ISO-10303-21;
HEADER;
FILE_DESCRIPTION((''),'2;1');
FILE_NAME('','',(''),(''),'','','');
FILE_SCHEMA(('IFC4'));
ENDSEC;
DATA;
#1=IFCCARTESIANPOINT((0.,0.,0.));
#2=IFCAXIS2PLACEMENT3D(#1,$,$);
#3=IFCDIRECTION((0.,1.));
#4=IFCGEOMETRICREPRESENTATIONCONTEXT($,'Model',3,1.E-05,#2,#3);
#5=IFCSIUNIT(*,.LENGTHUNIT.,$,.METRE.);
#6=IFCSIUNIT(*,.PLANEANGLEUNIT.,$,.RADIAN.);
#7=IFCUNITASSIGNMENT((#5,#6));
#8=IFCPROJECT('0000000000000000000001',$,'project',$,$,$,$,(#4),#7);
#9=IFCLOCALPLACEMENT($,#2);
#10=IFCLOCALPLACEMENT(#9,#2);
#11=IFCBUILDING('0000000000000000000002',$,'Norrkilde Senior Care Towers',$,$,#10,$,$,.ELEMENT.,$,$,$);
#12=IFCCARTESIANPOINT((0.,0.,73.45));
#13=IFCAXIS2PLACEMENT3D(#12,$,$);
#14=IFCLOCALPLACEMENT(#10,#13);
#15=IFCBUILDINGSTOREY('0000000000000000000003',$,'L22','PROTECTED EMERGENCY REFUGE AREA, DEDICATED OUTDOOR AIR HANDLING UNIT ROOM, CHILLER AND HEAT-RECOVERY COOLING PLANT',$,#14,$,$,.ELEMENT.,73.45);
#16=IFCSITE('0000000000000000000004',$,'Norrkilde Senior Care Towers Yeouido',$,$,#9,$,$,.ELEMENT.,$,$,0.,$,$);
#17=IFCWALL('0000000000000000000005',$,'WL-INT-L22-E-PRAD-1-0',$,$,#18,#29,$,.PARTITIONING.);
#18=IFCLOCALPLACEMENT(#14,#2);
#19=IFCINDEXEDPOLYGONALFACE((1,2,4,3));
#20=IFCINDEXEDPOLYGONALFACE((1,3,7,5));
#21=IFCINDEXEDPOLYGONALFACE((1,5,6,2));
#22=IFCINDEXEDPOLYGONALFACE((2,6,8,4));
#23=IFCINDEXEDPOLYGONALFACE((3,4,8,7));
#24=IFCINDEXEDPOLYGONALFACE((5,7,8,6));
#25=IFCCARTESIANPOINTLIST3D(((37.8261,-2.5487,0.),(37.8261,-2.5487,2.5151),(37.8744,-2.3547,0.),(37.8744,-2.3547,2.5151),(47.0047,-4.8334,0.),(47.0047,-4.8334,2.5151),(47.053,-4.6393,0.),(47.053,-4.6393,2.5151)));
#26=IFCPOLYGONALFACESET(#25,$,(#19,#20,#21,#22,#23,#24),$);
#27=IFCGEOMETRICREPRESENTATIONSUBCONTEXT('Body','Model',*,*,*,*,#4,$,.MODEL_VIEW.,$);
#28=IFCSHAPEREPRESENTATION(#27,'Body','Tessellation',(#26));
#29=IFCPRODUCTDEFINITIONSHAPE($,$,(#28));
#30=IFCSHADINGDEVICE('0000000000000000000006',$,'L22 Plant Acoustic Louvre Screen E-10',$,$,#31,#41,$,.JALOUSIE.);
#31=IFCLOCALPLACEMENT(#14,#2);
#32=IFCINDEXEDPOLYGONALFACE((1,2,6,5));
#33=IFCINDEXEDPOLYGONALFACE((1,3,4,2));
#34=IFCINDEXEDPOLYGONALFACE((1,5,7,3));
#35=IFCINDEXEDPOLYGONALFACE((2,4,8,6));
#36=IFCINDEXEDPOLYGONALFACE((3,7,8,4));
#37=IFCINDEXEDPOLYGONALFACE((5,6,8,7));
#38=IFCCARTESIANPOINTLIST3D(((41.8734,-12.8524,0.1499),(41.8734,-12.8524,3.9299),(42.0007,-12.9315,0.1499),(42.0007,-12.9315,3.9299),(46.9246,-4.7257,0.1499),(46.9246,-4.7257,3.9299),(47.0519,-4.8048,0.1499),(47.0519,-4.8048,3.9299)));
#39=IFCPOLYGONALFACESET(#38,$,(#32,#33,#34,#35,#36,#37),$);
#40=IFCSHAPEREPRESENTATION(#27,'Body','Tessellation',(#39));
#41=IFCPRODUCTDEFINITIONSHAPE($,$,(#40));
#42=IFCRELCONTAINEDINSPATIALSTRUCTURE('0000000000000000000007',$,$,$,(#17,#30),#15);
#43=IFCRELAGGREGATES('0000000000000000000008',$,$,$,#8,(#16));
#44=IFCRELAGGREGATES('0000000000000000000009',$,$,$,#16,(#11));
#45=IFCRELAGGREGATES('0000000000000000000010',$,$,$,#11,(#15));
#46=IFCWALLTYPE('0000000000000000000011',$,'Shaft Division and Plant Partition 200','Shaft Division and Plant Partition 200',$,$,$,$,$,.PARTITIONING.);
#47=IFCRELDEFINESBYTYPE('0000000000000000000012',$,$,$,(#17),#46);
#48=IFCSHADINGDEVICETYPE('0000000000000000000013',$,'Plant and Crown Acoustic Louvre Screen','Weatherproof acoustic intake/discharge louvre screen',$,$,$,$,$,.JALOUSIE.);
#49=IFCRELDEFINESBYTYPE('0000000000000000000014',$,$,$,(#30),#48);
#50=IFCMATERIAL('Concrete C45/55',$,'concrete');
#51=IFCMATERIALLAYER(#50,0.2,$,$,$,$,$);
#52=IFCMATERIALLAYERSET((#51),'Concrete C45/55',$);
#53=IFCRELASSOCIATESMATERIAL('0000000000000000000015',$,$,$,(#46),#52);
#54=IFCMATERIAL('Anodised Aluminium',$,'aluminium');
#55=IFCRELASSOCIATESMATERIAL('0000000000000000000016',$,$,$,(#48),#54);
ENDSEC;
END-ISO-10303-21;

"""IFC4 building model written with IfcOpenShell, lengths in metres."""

from ifc_helpers import new_model, si_unit, direction, frame, frame_2d, origin, origin_2d, place, context, subcontext, project, spatial, rectangle, extrude, source, transform, mapped, material, layer, layer_set, type_object, type_shapes, element, save


model = new_model("IFC4")

# Units and contexts
model_context = context("Model", 3, precision=1e-05, world=origin(), true_north=direction((0.0, 1.0)))
body_context = subcontext(model_context, "Body", "Model", "MODEL_VIEW")
ifc_project = project(units=[si_unit("LENGTHUNIT", "METRE"), si_unit("PLANEANGLEUNIT", "RADIAN")], contexts=[model_context])

# Site, building, storey
site_placement = place(None, origin())
site = spatial("IfcSite", under=ifc_project, at=site_placement, Name="Norrkilde Senior Care Towers Yeouido", CompositionType="ELEMENT", RefElevation=0.0)
building_placement = place(site_placement, origin())
building = spatial("IfcBuilding", under=site, at=building_placement, Name="Norrkilde Senior Care Towers", CompositionType="ELEMENT")
storey_placement = place(building_placement, frame((0.0, 0.0, 73.45)))
storey = spatial("IfcBuildingStorey", under=building, at=storey_placement, Name="L22", Description="PROTECTED EMERGENCY REFUGE AREA, DEDICATED OUTDOOR AIR HANDLING UNIT ROOM, CHILLER AND HEAT-RECOVERY COOLING PLANT", CompositionType="ELEMENT", Elevation=73.45)

# Shared definitions
ifc_material_1 = material(Name="Anodised Aluminium", Category="aluminium")

# Shared definitions
ifc_material_2 = material(Name="Concrete C45/55", Category="concrete")
ifc_layer_1 = layer(ifc_material_2, 0.2)
ifc_layer_set_1 = layer_set([ifc_layer_1], Name="Concrete C45/55")
wall_type = type_object("IfcWallType", Name="Shaft Division and Plant Partition 200", Description="Shaft Division and Plant Partition 200", PredefinedType="PARTITIONING", material=ifc_layer_set_1)

# Wall
shared_shape_1 = source(origin(), body_context, "Body", "SweptSolid", [
    extrude(rectangle(XDim=9.4587, YDim=0.2, at=frame_2d((4.7295, 0.0))), origin(), (0.0, 0.0, 1.0), 2.5151),
])
wall_1_placement = place(storey_placement, frame((37.8501, -2.4517, 0.0), z_axis=(0.0, 0.0, 1.0), x_axis=(0.970391, -0.241539, 0.0)))
element("IfcWall", 1, at=wall_1_placement, inside=storey, type_object=wall_type, Name="WL-INT-L22-E-PRAD-1-0", PredefinedType="PARTITIONING", context=body_context, shape_type="MappedRepresentation", body=[
    mapped(shared_shape_1, transform((0.0, 0.0, 0.0), x_axis=(1.0, 0.0, 0.0), y_axis=(0.0, 1.0, 0.0), z_axis=(0.0, 0.0, 1.0), scale=1.0)),
])

# Shading device
shading_device_type = type_object("IfcShadingDeviceType", Name="Plant and Crown Acoustic Louvre Screen", Description="Weatherproof acoustic intake/discharge louvre screen", PredefinedType="JALOUSIE", material=ifc_material_1)
shared_shape_2 = source(origin(), body_context, "Body", "SweptSolid", [
    extrude(rectangle(XDim=9.5686, YDim=0.1499, at=origin_2d()), origin(), (0.0, 0.0, 1.0), 3.78),
])
type_shapes(shading_device_type, [shared_shape_2])
shading_device_placement = place(storey_placement, frame((44.4626, -8.8286, 0.1499), z_axis=(0.0, 0.0, 1.0), x_axis=(-0.527901, -0.849306, 0.0)))
element("IfcShadingDevice", 2, at=shading_device_placement, inside=storey, type_object=shading_device_type, Name="L22 Plant Acoustic Louvre Screen E-10", PredefinedType="JALOUSIE", context=body_context, shape_type="MappedRepresentation", body=[
    mapped(shared_shape_2, transform((0.0, 0.0, 0.0), x_axis=(1.0, 0.0, 0.0), y_axis=(0.0, 1.0, 0.0), z_axis=(0.0, 0.0, 1.0), scale=1.0)),
])

save(model, "model.ifc")
